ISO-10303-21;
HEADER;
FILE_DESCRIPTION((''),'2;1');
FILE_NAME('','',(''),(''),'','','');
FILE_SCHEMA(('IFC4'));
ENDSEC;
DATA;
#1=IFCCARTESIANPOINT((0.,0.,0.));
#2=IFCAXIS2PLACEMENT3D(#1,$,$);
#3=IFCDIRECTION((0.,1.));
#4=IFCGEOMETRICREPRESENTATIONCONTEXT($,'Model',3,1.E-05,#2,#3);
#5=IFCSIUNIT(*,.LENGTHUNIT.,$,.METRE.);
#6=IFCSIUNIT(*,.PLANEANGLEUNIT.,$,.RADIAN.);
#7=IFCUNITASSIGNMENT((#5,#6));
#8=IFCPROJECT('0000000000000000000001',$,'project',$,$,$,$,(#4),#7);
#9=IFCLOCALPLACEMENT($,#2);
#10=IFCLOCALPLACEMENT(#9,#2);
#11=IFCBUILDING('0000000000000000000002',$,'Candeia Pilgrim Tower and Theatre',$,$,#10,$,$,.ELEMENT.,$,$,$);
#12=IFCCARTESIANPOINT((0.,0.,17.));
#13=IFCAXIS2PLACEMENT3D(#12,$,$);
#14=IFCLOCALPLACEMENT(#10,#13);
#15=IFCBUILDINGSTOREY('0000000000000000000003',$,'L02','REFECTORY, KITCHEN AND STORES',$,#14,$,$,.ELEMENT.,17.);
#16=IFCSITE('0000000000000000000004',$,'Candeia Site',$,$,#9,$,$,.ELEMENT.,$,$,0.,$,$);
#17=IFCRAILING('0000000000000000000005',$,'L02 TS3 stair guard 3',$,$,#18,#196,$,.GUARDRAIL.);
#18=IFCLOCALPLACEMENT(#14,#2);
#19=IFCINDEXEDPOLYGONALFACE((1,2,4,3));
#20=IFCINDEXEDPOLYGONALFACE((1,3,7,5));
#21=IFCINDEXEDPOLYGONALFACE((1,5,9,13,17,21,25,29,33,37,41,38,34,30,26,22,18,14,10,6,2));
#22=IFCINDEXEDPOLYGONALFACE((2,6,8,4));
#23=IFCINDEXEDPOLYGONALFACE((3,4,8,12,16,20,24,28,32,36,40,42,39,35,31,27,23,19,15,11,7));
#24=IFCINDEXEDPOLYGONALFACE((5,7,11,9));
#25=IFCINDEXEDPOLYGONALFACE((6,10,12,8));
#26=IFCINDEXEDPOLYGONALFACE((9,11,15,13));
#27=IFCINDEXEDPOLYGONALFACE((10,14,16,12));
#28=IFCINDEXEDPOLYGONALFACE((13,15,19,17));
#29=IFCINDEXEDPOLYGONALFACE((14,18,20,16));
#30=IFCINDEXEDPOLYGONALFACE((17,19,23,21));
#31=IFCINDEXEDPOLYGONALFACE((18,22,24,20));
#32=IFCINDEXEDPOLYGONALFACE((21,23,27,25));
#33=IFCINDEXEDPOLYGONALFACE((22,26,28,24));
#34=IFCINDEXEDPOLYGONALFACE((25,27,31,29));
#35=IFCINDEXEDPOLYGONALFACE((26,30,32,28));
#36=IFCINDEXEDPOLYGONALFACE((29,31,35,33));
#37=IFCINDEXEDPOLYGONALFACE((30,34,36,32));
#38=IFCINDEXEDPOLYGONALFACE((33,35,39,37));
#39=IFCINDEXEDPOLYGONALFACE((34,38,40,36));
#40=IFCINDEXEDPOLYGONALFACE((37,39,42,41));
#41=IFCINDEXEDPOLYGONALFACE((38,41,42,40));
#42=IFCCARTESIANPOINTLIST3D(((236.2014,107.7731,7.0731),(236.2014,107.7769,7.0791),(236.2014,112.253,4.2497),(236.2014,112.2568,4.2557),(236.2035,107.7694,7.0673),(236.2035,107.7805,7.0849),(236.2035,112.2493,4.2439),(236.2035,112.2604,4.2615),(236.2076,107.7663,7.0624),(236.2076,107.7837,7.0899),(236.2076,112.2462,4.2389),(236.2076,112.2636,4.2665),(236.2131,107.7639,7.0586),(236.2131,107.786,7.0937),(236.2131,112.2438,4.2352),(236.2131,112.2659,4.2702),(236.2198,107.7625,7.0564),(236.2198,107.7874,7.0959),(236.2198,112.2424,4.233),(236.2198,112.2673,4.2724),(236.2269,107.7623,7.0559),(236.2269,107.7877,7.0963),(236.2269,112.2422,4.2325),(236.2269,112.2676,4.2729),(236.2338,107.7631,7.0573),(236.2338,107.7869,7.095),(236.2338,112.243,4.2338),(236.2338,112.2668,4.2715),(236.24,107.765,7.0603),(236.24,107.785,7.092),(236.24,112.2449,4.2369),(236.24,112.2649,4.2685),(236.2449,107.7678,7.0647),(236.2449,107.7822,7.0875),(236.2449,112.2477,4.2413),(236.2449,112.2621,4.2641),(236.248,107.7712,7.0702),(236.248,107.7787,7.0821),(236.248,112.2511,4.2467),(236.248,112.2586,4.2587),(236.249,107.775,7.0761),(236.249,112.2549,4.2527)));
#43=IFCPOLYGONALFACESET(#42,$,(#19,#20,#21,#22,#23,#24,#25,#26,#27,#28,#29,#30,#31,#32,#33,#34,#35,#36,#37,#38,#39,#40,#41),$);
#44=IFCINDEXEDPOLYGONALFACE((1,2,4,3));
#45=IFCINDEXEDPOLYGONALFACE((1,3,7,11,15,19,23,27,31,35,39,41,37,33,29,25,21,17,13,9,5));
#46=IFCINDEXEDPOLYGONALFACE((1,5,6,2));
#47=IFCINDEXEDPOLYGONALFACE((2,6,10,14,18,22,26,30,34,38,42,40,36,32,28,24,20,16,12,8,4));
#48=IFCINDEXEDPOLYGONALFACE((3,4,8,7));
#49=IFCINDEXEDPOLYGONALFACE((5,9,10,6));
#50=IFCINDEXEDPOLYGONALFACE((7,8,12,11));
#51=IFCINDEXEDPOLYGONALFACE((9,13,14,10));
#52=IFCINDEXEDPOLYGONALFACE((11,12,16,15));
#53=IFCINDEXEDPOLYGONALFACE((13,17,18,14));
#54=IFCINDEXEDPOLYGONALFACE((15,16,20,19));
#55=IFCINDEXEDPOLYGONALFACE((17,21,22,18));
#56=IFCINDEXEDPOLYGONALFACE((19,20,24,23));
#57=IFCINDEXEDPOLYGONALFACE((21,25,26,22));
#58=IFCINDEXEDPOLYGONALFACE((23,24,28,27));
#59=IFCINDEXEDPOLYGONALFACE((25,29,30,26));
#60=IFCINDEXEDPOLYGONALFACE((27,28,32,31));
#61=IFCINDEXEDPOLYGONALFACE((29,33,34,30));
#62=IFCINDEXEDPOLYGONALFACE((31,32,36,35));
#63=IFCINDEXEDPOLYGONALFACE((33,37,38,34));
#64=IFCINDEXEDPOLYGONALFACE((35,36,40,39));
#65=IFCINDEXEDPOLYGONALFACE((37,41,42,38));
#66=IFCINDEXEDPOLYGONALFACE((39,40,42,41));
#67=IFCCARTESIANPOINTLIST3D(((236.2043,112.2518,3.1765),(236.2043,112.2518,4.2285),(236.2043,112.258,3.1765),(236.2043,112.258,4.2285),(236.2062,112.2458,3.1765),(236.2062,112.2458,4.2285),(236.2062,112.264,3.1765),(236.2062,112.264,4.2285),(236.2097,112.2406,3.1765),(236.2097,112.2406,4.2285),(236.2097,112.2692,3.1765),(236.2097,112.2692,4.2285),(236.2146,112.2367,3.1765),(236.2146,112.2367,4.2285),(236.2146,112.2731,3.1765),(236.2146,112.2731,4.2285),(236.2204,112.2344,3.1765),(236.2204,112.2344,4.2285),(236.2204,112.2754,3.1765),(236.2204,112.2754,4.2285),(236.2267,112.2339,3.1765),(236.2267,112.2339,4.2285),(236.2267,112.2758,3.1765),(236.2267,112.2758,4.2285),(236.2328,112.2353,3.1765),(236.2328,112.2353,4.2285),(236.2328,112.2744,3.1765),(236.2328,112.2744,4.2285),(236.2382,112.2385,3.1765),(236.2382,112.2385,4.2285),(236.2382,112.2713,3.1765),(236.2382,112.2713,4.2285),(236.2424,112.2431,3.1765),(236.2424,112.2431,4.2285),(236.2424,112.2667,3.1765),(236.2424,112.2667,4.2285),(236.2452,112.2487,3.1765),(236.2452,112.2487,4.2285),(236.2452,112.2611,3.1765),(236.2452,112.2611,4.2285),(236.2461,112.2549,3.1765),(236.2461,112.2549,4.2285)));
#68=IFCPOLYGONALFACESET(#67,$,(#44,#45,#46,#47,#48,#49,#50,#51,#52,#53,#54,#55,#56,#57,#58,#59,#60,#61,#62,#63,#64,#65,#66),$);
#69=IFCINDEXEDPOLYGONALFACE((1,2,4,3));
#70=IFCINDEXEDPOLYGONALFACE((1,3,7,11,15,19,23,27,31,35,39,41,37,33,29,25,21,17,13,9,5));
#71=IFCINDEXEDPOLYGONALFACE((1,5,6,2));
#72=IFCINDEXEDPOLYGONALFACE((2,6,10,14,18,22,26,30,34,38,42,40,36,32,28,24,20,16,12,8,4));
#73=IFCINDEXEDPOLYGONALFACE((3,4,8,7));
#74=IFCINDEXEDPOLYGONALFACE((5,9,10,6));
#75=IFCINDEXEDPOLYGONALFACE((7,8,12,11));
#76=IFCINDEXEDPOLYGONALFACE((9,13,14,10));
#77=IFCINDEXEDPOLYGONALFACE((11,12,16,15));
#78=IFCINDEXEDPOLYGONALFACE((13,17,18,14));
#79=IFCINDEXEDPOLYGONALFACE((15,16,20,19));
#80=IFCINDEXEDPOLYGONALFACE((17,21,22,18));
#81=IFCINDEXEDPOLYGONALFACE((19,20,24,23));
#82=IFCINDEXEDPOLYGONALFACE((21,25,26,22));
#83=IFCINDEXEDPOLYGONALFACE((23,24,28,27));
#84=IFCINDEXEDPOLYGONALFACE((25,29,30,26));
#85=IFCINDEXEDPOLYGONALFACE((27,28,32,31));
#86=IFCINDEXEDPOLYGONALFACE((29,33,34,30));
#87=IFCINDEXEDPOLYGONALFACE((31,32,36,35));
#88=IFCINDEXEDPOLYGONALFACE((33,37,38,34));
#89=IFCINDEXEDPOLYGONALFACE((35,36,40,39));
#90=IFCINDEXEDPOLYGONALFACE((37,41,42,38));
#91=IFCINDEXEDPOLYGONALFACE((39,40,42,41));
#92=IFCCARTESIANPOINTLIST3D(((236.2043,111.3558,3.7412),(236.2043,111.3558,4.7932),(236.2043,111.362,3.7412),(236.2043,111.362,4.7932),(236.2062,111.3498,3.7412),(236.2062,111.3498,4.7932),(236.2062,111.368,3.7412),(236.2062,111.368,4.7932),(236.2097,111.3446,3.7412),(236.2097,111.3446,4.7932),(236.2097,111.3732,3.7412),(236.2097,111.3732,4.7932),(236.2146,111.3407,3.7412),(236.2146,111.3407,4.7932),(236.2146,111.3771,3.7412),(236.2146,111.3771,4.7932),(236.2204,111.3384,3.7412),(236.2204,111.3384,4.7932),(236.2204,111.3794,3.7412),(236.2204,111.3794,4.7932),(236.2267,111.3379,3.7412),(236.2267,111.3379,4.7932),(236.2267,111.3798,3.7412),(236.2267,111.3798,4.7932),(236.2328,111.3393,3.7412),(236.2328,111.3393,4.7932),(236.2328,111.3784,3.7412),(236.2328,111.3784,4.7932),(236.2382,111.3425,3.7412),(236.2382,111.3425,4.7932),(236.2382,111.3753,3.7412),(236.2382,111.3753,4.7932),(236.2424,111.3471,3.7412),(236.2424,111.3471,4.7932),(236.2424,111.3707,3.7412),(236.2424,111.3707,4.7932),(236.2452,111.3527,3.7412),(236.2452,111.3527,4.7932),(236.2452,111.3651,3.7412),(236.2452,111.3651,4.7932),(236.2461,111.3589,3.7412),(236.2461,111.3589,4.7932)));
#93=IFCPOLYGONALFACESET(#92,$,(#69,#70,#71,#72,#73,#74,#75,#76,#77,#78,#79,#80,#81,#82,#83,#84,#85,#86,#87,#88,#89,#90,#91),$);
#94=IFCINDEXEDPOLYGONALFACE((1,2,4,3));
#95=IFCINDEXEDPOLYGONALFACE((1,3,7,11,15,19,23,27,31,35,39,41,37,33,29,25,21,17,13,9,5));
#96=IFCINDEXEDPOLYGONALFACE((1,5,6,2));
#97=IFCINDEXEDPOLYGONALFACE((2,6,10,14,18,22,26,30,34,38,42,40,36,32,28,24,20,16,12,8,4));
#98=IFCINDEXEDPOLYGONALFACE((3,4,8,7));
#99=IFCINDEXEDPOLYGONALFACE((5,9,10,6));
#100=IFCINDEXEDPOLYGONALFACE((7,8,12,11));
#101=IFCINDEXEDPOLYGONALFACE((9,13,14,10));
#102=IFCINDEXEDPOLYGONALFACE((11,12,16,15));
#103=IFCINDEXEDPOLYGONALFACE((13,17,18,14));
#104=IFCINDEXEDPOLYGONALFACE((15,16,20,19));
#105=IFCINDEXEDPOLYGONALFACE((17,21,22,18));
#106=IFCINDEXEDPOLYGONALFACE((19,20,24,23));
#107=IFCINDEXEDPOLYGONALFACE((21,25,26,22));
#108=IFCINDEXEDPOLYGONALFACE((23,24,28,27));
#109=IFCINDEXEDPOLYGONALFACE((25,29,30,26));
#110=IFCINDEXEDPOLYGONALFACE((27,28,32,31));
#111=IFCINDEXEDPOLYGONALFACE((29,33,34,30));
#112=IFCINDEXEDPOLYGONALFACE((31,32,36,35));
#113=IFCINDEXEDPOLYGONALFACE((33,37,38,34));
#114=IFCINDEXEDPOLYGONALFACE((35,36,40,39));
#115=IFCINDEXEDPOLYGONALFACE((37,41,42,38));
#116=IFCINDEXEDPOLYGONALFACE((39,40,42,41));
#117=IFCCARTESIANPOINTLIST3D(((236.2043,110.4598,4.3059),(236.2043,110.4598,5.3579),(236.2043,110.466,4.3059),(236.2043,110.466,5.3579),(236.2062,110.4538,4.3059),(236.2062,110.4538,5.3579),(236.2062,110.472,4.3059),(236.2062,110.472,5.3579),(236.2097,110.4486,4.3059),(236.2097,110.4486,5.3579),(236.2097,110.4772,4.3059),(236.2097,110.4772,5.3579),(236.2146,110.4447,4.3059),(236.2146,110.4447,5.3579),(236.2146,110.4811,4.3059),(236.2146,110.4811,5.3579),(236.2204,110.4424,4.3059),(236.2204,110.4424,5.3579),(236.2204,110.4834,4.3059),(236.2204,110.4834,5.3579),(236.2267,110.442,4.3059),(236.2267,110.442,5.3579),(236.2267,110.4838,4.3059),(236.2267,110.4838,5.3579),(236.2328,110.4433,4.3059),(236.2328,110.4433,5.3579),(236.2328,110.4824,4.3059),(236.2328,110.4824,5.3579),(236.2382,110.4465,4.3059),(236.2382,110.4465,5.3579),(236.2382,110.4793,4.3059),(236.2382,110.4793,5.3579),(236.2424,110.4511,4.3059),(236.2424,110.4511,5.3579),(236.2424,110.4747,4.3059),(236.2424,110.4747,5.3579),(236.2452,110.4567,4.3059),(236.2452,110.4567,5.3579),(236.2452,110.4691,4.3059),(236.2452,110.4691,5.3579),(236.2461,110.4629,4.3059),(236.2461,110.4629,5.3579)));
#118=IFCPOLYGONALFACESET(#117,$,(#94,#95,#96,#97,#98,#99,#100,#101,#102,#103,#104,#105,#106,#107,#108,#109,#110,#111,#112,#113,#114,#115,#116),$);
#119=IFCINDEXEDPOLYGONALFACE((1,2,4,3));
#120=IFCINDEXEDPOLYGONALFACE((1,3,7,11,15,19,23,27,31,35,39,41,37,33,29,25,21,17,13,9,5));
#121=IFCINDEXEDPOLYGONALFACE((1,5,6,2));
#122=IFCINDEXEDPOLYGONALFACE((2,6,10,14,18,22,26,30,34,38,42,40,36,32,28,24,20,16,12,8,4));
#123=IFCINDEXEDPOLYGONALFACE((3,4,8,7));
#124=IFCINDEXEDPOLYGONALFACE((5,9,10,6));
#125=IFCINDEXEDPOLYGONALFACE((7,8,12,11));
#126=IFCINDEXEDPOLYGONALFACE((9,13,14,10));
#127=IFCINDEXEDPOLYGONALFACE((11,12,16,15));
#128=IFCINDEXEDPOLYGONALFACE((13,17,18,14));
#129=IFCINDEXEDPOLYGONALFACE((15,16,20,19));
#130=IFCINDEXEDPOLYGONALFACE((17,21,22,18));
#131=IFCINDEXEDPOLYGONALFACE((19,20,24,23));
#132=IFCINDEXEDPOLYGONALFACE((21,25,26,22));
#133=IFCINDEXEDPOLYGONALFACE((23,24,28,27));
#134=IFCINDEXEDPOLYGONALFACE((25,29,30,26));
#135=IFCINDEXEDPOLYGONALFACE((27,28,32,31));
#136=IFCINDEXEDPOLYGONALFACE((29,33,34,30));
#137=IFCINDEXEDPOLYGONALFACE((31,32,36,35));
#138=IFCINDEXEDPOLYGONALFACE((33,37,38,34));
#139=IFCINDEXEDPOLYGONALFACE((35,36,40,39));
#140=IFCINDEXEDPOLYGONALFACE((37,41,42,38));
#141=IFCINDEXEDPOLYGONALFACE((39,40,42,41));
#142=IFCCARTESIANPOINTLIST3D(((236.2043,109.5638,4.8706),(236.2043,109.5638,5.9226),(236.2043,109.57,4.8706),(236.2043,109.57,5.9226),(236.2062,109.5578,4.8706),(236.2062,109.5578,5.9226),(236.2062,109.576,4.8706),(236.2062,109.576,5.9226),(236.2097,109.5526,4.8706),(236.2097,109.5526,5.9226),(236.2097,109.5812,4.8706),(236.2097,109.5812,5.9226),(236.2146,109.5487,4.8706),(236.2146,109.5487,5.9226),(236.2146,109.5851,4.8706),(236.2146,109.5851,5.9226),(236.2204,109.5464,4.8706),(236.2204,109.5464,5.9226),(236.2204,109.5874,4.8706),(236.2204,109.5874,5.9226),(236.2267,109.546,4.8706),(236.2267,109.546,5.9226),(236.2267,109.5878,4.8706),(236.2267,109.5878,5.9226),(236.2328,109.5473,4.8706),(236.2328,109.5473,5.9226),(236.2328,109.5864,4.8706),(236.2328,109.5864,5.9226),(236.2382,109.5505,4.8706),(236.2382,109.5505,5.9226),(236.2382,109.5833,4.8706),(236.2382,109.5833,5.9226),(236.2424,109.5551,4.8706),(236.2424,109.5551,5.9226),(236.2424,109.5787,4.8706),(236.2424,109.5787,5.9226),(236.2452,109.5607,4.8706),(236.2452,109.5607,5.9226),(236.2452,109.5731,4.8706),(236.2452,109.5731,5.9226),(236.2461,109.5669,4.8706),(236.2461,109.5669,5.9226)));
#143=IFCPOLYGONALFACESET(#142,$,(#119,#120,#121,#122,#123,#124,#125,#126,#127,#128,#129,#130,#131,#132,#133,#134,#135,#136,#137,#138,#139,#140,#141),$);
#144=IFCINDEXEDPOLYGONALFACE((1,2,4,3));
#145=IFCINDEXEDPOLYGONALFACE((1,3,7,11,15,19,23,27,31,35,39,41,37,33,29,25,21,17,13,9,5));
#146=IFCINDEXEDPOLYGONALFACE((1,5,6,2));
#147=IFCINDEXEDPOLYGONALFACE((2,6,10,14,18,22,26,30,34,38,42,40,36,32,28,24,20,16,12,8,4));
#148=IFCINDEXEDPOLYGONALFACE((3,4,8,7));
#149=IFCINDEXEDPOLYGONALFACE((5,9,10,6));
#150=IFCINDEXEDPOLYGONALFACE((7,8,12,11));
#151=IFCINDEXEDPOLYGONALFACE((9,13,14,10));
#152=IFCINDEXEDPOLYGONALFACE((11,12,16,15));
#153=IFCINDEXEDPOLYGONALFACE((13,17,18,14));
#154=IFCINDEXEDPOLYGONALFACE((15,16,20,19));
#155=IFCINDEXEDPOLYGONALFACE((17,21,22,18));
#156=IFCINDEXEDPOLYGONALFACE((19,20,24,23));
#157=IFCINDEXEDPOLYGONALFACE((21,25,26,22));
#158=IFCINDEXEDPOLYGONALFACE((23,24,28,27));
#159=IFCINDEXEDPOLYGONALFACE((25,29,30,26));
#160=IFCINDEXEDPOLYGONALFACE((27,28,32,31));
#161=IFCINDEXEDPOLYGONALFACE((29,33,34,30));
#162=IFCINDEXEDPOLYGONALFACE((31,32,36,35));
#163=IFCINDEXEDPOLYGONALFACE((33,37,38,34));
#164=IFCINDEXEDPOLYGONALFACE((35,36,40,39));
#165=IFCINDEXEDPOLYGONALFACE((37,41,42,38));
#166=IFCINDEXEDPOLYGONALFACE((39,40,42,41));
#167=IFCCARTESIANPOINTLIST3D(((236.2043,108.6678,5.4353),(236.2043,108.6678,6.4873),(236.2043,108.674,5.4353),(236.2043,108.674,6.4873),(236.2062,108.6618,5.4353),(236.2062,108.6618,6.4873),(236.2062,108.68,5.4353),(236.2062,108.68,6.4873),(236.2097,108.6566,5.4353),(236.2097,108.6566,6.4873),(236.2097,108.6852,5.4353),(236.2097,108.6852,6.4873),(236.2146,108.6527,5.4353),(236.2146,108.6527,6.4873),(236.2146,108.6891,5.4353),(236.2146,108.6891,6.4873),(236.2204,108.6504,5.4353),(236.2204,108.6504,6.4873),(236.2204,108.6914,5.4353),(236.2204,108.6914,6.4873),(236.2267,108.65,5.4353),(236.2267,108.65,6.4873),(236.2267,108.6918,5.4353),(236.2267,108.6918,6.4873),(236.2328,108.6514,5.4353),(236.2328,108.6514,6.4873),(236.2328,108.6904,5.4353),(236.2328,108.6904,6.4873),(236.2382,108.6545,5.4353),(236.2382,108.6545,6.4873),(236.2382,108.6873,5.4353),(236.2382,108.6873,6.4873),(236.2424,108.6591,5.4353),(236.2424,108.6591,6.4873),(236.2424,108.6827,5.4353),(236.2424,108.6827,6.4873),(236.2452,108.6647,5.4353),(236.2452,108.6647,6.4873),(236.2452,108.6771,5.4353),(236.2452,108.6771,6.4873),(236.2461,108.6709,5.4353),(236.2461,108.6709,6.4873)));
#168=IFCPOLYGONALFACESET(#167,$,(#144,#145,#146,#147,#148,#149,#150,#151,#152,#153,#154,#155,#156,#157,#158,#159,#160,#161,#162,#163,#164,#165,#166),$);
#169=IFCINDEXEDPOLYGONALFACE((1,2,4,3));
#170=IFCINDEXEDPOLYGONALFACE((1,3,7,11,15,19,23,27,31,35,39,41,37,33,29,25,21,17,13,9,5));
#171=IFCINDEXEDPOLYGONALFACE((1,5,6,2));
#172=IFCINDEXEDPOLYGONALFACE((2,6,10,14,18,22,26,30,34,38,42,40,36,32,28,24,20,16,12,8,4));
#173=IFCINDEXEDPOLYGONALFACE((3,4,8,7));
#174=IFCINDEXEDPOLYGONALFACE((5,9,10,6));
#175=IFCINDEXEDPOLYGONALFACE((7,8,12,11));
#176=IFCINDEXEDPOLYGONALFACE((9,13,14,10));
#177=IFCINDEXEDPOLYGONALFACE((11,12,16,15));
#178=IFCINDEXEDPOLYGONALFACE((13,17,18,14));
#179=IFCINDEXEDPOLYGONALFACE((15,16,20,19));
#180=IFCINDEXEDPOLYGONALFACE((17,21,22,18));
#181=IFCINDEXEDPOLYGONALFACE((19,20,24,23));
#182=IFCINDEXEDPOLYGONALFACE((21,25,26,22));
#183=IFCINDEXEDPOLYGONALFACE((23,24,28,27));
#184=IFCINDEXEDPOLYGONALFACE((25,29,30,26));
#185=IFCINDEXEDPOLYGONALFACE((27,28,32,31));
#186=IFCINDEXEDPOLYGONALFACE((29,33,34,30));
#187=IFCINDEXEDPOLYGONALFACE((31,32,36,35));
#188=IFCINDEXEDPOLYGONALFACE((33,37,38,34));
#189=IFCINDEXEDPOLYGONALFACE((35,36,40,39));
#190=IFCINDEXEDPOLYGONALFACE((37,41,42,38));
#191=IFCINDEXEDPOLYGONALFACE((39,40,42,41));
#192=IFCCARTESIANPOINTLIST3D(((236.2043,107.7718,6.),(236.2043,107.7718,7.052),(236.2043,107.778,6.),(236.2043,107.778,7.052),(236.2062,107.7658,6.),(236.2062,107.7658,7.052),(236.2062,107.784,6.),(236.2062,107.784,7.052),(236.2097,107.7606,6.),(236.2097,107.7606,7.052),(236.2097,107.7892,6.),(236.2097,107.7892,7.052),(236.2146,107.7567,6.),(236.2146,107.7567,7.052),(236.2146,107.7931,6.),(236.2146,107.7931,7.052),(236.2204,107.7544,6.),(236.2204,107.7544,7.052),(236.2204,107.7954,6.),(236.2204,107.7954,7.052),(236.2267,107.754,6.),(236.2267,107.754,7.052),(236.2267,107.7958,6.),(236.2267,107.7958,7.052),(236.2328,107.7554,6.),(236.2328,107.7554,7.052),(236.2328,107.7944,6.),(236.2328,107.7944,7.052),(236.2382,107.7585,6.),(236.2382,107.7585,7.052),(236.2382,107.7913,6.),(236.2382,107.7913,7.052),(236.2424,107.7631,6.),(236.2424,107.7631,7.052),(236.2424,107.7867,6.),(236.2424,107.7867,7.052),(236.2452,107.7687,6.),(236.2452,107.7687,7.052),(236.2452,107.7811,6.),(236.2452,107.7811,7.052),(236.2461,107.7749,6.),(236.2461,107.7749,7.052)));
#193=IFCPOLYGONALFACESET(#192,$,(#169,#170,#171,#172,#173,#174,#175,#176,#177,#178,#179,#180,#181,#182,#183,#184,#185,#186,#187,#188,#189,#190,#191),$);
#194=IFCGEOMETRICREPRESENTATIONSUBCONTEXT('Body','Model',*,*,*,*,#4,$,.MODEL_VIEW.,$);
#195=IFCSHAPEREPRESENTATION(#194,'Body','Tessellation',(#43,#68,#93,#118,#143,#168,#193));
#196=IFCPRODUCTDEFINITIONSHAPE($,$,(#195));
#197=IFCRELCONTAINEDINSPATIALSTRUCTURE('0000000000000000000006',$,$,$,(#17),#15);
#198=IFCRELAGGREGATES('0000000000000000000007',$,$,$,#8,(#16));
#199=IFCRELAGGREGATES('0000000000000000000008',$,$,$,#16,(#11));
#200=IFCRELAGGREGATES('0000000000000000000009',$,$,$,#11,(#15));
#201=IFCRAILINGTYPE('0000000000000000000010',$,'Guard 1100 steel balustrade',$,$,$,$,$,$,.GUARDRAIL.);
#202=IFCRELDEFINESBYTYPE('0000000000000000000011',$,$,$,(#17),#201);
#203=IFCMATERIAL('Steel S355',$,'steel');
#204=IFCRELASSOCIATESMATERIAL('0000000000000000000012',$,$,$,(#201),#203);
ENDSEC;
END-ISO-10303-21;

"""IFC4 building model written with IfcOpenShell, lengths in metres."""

from ifc_helpers import new_model, si_unit, direction, frame, origin, origin_2d, place, context, subcontext, project, spatial, circle, extrude, material, type_object, element, save


model = new_model("IFC4")

# Units and contexts
model_context = context("Model", 3, precision=1e-05, world=origin(), true_north=direction((0.0, 1.0)))
body_context = subcontext(model_context, "Body", "Model", "MODEL_VIEW")
ifc_project = project(units=[si_unit("LENGTHUNIT", "METRE"), si_unit("PLANEANGLEUNIT", "RADIAN")], contexts=[model_context])

# Site, building, storey
site_placement = place(None, origin())
site = spatial("IfcSite", under=ifc_project, at=site_placement, Name="Candeia Site", CompositionType="ELEMENT", RefElevation=0.0)
building_placement = place(site_placement, origin())
building = spatial("IfcBuilding", under=site, at=building_placement, Name="Candeia Pilgrim Tower and Theatre", CompositionType="ELEMENT")
storey_placement = place(building_placement, frame((0.0, 0.0, 17.0)))
storey = spatial("IfcBuildingStorey", under=building, at=storey_placement, Name="L02", Description="REFECTORY, KITCHEN AND STORES", CompositionType="ELEMENT", Elevation=17.0)

# Railing
ifc_material_1 = material(Name="Steel S355", Category="steel")
railing_type_1 = type_object("IfcRailingType", Name="Guard 1100 steel balustrade", PredefinedType="GUARDRAIL", material=ifc_material_1)
railing_1_placement = place(storey_placement, frame((236.2251, 112.2549, 3.1765)))
element("IfcRailing", 1, at=railing_1_placement, inside=storey, type_object=railing_type_1, Name="L02 TS3 stair guard 3", PredefinedType="GUARDRAIL", context=body_context, shape_type="SweptSolid", body=[
    extrude(circle(Radius=0.0239, at=origin_2d()), frame((0.0, 0.0, 1.0762), z_axis=(0.0, -0.845998, 0.533186), x_axis=(1.0, 0.0, 0.0)), (0.0, 0.0, 1.0), 5.2954),
    extrude(circle(Radius=0.021, at=origin_2d()), origin(), (0.0, 0.0, 1.0), 1.052),
    extrude(circle(Radius=0.021, at=origin_2d()), frame((0.0, -0.896, 0.5647)), (0.0, 0.0, 1.0), 1.052),
    extrude(circle(Radius=0.021, at=origin_2d()), frame((0.0, -1.792, 1.1294)), (0.0, 0.0, 1.0), 1.052),
    extrude(circle(Radius=0.021, at=origin_2d()), frame((0.0, -2.688, 1.6941)), (0.0, 0.0, 1.0), 1.052),
    extrude(circle(Radius=0.021, at=origin_2d()), frame((0.0, -3.584, 2.2588)), (0.0, 0.0, 1.0), 1.052),
    extrude(circle(Radius=0.021, at=origin_2d()), frame((0.0, -4.48, 2.8235)), (0.0, 0.0, 1.0), 1.052),
])

save(model, "model.ifc")
